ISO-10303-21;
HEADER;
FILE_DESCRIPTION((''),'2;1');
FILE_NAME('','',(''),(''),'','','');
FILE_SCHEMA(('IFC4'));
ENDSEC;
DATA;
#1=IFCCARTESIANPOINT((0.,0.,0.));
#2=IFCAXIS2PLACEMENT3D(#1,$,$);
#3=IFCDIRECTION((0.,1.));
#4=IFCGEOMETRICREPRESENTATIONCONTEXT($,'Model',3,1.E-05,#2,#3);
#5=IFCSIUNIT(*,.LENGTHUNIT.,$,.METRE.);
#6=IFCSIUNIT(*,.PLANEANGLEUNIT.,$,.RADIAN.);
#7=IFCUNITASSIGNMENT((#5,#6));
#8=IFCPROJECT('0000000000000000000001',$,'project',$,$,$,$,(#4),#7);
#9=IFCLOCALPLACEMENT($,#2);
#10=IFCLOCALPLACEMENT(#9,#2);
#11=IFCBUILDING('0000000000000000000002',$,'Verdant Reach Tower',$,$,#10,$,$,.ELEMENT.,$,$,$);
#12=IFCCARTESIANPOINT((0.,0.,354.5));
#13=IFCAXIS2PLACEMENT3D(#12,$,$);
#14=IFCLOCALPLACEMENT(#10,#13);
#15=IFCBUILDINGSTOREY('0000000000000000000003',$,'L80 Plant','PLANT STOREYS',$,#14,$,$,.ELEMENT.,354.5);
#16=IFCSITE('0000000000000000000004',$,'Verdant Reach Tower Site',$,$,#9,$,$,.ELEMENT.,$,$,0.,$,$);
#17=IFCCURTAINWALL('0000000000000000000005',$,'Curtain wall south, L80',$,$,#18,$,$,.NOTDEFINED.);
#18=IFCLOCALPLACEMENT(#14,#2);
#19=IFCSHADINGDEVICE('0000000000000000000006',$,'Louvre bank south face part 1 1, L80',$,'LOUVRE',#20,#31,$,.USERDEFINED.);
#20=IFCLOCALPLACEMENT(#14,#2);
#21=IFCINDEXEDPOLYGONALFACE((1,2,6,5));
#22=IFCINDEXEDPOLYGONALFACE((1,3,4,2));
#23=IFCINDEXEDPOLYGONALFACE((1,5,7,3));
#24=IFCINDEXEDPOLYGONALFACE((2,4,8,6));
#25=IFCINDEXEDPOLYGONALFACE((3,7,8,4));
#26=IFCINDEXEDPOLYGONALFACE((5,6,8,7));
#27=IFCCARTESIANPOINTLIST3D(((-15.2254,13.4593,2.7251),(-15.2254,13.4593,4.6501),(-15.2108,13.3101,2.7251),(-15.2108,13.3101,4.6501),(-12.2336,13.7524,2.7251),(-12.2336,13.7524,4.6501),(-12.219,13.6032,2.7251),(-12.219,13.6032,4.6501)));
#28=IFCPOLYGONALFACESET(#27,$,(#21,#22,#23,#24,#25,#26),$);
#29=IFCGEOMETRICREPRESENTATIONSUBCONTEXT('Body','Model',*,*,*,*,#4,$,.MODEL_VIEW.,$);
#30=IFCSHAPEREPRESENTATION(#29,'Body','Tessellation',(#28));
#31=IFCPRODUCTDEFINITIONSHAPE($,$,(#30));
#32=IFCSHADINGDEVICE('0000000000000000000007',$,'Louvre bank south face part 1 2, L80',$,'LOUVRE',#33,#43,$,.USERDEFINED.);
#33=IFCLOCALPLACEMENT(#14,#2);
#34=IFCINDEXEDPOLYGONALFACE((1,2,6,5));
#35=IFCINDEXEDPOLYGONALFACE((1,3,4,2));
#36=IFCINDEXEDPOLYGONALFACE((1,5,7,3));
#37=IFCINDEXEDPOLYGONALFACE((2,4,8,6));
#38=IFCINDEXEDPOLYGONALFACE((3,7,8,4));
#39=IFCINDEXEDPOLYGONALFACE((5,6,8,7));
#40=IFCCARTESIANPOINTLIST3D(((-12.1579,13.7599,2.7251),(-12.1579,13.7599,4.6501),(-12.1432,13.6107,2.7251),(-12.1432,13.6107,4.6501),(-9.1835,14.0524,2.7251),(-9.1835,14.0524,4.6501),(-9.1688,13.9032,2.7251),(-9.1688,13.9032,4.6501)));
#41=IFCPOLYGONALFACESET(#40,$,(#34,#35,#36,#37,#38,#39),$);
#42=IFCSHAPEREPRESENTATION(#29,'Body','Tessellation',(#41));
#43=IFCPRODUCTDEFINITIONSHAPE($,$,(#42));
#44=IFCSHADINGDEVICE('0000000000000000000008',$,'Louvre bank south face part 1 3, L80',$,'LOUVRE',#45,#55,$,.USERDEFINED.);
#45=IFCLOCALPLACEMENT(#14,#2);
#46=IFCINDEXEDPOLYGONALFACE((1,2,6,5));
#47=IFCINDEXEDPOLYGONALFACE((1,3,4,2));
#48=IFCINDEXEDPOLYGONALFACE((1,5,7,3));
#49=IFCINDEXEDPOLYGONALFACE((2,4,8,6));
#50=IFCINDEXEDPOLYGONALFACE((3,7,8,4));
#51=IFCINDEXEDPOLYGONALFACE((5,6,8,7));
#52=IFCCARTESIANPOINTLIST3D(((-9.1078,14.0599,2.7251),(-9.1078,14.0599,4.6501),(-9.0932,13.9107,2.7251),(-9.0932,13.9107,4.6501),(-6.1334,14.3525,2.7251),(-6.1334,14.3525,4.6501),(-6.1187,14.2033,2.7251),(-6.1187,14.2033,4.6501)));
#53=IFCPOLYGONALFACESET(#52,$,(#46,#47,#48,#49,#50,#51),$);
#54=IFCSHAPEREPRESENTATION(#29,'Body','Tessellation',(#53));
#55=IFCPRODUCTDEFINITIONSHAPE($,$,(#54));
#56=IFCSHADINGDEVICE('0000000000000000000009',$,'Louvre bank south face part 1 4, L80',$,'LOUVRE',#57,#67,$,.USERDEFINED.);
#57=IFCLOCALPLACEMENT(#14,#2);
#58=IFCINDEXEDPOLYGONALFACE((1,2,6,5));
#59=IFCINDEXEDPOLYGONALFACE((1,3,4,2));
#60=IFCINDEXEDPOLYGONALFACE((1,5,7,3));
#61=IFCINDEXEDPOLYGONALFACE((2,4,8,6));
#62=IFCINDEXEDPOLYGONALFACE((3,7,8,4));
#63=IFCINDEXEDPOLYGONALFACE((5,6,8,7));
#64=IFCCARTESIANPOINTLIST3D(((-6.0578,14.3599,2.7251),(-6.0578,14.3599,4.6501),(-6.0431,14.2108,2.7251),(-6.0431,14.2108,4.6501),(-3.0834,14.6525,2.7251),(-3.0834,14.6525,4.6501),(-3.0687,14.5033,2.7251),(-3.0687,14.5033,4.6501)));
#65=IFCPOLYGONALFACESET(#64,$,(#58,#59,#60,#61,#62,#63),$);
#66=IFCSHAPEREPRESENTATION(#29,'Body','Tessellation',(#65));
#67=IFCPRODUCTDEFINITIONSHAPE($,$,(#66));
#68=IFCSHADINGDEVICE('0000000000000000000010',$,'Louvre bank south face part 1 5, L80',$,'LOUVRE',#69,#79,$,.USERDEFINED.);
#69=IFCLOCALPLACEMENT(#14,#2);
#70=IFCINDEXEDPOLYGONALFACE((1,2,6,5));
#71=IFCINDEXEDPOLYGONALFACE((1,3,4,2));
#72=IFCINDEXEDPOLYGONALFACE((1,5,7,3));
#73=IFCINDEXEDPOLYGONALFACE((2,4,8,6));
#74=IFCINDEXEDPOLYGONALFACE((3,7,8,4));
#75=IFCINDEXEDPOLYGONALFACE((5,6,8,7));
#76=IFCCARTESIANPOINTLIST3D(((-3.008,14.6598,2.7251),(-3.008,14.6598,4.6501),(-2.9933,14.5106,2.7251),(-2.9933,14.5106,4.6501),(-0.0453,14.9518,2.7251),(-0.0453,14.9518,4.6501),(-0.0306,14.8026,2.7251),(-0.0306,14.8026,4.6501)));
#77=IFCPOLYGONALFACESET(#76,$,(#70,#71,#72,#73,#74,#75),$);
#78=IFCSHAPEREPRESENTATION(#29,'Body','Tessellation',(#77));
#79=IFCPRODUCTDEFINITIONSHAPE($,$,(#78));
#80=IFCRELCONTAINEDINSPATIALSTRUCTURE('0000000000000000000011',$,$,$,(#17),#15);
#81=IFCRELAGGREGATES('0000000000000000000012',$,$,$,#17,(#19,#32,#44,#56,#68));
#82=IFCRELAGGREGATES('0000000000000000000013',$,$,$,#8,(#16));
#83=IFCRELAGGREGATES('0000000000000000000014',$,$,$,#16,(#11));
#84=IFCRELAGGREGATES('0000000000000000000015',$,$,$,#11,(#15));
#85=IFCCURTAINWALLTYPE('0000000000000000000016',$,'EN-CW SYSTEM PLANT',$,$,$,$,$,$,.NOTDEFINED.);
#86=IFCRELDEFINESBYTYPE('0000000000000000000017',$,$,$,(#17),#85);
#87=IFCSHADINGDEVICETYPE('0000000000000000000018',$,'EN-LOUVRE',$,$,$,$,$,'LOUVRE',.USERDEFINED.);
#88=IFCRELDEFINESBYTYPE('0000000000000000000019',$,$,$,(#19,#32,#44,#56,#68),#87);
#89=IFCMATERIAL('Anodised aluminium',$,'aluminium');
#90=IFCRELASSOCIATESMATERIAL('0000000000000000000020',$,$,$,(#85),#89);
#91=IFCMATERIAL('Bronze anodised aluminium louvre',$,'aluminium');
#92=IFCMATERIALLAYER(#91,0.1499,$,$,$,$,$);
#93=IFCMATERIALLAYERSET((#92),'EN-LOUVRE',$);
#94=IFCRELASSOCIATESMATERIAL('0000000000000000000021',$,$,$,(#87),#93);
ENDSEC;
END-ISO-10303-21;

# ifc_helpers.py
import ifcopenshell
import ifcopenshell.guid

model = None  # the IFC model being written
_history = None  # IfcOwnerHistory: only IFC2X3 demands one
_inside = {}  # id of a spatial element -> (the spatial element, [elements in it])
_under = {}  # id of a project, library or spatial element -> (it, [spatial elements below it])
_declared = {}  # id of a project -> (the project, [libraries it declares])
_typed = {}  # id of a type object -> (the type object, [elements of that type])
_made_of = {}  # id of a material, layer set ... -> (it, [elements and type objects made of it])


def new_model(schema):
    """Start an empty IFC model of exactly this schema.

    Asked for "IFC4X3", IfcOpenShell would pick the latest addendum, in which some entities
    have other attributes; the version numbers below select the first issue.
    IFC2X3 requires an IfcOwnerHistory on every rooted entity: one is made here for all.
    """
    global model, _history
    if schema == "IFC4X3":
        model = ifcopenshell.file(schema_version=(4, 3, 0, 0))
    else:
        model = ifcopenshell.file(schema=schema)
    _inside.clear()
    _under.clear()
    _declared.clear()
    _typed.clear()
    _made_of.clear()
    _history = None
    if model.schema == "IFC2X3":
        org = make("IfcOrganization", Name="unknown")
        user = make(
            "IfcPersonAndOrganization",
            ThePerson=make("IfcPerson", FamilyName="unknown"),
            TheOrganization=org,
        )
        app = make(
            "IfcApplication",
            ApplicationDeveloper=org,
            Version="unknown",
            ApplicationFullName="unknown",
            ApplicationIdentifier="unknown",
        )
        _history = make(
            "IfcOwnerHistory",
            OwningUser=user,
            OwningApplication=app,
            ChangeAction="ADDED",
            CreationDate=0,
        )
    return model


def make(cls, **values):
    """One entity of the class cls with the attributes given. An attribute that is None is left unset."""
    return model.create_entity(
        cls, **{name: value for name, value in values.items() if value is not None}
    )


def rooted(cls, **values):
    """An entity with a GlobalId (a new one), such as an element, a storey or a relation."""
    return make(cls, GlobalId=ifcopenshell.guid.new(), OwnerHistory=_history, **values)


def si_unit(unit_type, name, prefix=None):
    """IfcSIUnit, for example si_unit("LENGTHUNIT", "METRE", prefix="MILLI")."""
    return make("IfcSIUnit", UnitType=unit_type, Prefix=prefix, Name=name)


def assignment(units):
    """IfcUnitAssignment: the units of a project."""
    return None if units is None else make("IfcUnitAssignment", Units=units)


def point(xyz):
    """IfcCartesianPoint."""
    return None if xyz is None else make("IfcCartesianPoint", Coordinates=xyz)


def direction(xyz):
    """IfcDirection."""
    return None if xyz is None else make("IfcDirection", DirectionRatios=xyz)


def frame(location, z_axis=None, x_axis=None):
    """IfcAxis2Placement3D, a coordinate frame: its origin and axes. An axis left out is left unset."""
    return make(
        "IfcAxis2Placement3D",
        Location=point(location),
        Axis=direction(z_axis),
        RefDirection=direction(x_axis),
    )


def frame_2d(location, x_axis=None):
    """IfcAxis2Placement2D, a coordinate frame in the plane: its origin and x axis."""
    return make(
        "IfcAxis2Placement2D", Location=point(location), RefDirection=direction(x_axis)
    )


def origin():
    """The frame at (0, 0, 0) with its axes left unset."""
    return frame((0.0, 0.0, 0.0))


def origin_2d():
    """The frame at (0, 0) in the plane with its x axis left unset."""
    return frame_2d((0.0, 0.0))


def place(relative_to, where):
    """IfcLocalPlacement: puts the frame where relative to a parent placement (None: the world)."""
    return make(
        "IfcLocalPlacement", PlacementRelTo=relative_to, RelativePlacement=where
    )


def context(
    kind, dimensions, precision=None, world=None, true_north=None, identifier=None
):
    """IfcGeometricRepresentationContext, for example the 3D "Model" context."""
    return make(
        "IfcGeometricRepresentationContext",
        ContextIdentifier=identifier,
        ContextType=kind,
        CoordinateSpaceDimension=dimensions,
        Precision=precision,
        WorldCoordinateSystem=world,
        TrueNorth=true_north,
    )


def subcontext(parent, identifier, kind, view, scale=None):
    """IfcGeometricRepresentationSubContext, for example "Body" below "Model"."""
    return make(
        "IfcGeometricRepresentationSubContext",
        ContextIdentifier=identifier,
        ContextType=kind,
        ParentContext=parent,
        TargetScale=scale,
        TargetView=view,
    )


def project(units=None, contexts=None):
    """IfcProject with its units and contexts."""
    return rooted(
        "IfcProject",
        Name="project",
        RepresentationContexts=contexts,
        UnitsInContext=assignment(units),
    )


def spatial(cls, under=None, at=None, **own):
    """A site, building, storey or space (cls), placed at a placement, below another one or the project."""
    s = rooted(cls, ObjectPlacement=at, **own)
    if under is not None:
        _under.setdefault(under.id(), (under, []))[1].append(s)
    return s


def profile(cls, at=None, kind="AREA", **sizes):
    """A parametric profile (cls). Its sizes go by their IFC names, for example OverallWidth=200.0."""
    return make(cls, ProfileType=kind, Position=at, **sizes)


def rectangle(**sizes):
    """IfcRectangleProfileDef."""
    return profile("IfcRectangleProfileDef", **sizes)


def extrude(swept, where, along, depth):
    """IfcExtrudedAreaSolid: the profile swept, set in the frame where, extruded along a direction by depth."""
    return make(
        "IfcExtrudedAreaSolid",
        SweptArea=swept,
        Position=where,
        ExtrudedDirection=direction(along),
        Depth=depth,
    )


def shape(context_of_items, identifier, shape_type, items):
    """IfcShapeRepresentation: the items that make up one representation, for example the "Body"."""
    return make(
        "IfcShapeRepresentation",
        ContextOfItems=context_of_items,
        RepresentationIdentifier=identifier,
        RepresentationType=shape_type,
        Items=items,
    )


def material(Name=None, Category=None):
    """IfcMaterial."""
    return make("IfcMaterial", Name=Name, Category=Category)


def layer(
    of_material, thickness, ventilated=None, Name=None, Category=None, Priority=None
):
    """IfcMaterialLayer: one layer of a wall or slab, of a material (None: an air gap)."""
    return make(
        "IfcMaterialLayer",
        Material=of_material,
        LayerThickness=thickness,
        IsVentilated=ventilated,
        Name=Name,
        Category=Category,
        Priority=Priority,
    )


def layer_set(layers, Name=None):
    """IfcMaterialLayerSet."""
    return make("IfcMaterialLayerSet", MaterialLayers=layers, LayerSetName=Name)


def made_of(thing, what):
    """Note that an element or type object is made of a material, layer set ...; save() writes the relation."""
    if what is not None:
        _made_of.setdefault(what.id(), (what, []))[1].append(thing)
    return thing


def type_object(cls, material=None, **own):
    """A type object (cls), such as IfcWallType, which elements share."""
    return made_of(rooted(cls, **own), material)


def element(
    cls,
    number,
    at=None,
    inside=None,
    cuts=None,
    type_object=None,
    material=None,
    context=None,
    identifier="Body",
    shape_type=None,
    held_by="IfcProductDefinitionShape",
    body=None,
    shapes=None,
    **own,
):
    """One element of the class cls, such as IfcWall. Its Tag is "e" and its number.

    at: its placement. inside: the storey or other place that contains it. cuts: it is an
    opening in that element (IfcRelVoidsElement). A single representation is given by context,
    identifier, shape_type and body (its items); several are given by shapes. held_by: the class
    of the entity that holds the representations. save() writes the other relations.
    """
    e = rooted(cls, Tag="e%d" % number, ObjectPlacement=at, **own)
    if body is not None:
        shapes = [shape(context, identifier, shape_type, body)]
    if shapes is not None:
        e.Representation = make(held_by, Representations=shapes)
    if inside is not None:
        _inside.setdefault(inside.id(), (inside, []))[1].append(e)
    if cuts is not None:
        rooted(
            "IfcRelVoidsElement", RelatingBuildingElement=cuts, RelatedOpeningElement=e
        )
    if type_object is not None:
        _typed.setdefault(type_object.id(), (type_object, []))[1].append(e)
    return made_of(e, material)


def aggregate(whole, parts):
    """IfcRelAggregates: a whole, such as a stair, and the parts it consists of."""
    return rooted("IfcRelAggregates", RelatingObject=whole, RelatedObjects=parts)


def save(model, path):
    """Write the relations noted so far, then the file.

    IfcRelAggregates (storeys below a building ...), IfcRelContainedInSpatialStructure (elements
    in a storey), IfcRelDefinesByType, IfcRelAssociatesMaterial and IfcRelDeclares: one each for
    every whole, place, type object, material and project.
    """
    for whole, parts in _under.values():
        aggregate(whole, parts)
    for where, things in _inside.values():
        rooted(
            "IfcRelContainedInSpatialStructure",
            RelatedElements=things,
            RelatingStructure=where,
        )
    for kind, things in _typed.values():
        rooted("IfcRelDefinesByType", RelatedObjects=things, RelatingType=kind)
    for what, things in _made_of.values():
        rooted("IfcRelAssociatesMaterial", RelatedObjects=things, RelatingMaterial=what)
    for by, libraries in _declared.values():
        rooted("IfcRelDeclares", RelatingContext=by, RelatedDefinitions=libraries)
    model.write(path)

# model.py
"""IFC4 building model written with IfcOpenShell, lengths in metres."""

from ifc_helpers import new_model, si_unit, direction, frame, origin, origin_2d, place, context, subcontext, project, spatial, rectangle, extrude, material, layer, layer_set, type_object, element, aggregate, save


model = new_model("IFC4")

# Units and contexts
model_context = context("Model", 3, precision=1e-05, world=origin(), true_north=direction((0.0, 1.0)))
body_context = subcontext(model_context, "Body", "Model", "MODEL_VIEW")
ifc_project = project(units=[si_unit("LENGTHUNIT", "METRE"), si_unit("PLANEANGLEUNIT", "RADIAN")], contexts=[model_context])

# Site, building, storey
site_placement = place(None, origin())
site = spatial("IfcSite", under=ifc_project, at=site_placement, Name="Verdant Reach Tower Site", CompositionType="ELEMENT", RefElevation=0.0)
building_placement = place(site_placement, origin())
building = spatial("IfcBuilding", under=site, at=building_placement, Name="Verdant Reach Tower", CompositionType="ELEMENT")
storey_placement = place(building_placement, frame((0.0, 0.0, 354.5)))
storey = spatial("IfcBuildingStorey", under=building, at=storey_placement, Name="L80 Plant", Description="PLANT STOREYS", CompositionType="ELEMENT", Elevation=354.5)

# Curtain wall
ifc_material_1 = material(Name="Anodised aluminium", Category="aluminium")
curtain_wall_type = type_object("IfcCurtainWallType", Name="EN-CW SYSTEM PLANT", PredefinedType="NOTDEFINED", material=ifc_material_1)
curtain_wall_placement = place(storey_placement, origin())
curtain_wall = element("IfcCurtainWall", 1, at=curtain_wall_placement, inside=storey, type_object=curtain_wall_type, Name="Curtain wall south, L80", PredefinedType="NOTDEFINED")

# Shading devices
ifc_material_2 = material(Name="Bronze anodised aluminium louvre", Category="aluminium")
ifc_layer_1 = layer(ifc_material_2, 0.1499)
ifc_layer_set_1 = layer_set([ifc_layer_1], Name="EN-LOUVRE")
shading_device_type = type_object("IfcShadingDeviceType", Name="EN-LOUVRE", ElementType="LOUVRE", PredefinedType="USERDEFINED", material=ifc_layer_set_1)
shading_device_1_placement = place(storey_placement, frame((-13.7222, 13.5312, 2.7251), z_axis=(0.0, 0.0, 1.0), x_axis=(0.995238, 0.097473, 0.0)))
shading_device_1 = element("IfcShadingDevice", 2, at=shading_device_1_placement, type_object=shading_device_type, Name="Louvre bank south face part 1 1, L80", ObjectType="LOUVRE", PredefinedType="USERDEFINED", context=body_context, shape_type="SweptSolid", body=[
    extrude(rectangle(XDim=3.0061, YDim=0.1499, at=origin_2d()), origin(), (0.0, 0.0, 1.0), 1.925),
])
shading_device_2_placement = place(storey_placement, frame((-10.6633, 13.8315, 2.7251), z_axis=(0.0, 0.0, 1.0), x_axis=(0.995197, 0.097888, 0.0)))
shading_device_2 = element("IfcShadingDevice", 3, at=shading_device_2_placement, type_object=shading_device_type, Name="Louvre bank south face part 1 2, L80", ObjectType="LOUVRE", PredefinedType="USERDEFINED", context=body_context, shape_type="SweptSolid", body=[
    extrude(rectangle(XDim=2.9888, YDim=0.1499, at=origin_2d()), origin(), (0.0, 0.0, 1.0), 1.925),
])
shading_device_3_placement = place(storey_placement, frame((-7.6133, 14.1316, 2.7251), z_axis=(0.0, 0.0, 1.0), x_axis=(0.995197, 0.097888, 0.0)))
shading_device_3 = element("IfcShadingDevice", 4, at=shading_device_3_placement, type_object=shading_device_type, Name="Louvre bank south face part 1 3, L80", ObjectType="LOUVRE", PredefinedType="USERDEFINED", context=body_context, shape_type="SweptSolid", body=[
    extrude(rectangle(XDim=2.9888, YDim=0.1499, at=origin_2d()), origin(), (0.0, 0.0, 1.0), 1.925),
])
shading_device_4_placement = place(storey_placement, frame((-4.5632, 14.4316, 2.7251), z_axis=(0.0, 0.0, 1.0), x_axis=(0.995197, 0.097888, 0.0)))
shading_device_4 = element("IfcShadingDevice", 5, at=shading_device_4_placement, type_object=shading_device_type, Name="Louvre bank south face part 1 4, L80", ObjectType="LOUVRE", PredefinedType="USERDEFINED", context=body_context, shape_type="SweptSolid", body=[
    extrude(rectangle(XDim=2.9888, YDim=0.1499, at=origin_2d()), origin(), (0.0, 0.0, 1.0), 1.925),
])
shading_device_5_placement = place(storey_placement, frame((-1.5193, 14.7312, 2.7251), z_axis=(0.0, 0.0, 1.0), x_axis=(0.995179, 0.098075, 0.0)))
shading_device_5 = element("IfcShadingDevice", 6, at=shading_device_5_placement, type_object=shading_device_type, Name="Louvre bank south face part 1 5, L80", ObjectType="LOUVRE", PredefinedType="USERDEFINED", context=body_context, shape_type="SweptSolid", body=[
    extrude(rectangle(XDim=2.9771, YDim=0.1499, at=origin_2d()), origin(), (0.0, 0.0, 1.0), 1.925),
])
aggregate(curtain_wall, [shading_device_1, shading_device_2, shading_device_3, shading_device_4, shading_device_5])

save(model, "model.ifc")
